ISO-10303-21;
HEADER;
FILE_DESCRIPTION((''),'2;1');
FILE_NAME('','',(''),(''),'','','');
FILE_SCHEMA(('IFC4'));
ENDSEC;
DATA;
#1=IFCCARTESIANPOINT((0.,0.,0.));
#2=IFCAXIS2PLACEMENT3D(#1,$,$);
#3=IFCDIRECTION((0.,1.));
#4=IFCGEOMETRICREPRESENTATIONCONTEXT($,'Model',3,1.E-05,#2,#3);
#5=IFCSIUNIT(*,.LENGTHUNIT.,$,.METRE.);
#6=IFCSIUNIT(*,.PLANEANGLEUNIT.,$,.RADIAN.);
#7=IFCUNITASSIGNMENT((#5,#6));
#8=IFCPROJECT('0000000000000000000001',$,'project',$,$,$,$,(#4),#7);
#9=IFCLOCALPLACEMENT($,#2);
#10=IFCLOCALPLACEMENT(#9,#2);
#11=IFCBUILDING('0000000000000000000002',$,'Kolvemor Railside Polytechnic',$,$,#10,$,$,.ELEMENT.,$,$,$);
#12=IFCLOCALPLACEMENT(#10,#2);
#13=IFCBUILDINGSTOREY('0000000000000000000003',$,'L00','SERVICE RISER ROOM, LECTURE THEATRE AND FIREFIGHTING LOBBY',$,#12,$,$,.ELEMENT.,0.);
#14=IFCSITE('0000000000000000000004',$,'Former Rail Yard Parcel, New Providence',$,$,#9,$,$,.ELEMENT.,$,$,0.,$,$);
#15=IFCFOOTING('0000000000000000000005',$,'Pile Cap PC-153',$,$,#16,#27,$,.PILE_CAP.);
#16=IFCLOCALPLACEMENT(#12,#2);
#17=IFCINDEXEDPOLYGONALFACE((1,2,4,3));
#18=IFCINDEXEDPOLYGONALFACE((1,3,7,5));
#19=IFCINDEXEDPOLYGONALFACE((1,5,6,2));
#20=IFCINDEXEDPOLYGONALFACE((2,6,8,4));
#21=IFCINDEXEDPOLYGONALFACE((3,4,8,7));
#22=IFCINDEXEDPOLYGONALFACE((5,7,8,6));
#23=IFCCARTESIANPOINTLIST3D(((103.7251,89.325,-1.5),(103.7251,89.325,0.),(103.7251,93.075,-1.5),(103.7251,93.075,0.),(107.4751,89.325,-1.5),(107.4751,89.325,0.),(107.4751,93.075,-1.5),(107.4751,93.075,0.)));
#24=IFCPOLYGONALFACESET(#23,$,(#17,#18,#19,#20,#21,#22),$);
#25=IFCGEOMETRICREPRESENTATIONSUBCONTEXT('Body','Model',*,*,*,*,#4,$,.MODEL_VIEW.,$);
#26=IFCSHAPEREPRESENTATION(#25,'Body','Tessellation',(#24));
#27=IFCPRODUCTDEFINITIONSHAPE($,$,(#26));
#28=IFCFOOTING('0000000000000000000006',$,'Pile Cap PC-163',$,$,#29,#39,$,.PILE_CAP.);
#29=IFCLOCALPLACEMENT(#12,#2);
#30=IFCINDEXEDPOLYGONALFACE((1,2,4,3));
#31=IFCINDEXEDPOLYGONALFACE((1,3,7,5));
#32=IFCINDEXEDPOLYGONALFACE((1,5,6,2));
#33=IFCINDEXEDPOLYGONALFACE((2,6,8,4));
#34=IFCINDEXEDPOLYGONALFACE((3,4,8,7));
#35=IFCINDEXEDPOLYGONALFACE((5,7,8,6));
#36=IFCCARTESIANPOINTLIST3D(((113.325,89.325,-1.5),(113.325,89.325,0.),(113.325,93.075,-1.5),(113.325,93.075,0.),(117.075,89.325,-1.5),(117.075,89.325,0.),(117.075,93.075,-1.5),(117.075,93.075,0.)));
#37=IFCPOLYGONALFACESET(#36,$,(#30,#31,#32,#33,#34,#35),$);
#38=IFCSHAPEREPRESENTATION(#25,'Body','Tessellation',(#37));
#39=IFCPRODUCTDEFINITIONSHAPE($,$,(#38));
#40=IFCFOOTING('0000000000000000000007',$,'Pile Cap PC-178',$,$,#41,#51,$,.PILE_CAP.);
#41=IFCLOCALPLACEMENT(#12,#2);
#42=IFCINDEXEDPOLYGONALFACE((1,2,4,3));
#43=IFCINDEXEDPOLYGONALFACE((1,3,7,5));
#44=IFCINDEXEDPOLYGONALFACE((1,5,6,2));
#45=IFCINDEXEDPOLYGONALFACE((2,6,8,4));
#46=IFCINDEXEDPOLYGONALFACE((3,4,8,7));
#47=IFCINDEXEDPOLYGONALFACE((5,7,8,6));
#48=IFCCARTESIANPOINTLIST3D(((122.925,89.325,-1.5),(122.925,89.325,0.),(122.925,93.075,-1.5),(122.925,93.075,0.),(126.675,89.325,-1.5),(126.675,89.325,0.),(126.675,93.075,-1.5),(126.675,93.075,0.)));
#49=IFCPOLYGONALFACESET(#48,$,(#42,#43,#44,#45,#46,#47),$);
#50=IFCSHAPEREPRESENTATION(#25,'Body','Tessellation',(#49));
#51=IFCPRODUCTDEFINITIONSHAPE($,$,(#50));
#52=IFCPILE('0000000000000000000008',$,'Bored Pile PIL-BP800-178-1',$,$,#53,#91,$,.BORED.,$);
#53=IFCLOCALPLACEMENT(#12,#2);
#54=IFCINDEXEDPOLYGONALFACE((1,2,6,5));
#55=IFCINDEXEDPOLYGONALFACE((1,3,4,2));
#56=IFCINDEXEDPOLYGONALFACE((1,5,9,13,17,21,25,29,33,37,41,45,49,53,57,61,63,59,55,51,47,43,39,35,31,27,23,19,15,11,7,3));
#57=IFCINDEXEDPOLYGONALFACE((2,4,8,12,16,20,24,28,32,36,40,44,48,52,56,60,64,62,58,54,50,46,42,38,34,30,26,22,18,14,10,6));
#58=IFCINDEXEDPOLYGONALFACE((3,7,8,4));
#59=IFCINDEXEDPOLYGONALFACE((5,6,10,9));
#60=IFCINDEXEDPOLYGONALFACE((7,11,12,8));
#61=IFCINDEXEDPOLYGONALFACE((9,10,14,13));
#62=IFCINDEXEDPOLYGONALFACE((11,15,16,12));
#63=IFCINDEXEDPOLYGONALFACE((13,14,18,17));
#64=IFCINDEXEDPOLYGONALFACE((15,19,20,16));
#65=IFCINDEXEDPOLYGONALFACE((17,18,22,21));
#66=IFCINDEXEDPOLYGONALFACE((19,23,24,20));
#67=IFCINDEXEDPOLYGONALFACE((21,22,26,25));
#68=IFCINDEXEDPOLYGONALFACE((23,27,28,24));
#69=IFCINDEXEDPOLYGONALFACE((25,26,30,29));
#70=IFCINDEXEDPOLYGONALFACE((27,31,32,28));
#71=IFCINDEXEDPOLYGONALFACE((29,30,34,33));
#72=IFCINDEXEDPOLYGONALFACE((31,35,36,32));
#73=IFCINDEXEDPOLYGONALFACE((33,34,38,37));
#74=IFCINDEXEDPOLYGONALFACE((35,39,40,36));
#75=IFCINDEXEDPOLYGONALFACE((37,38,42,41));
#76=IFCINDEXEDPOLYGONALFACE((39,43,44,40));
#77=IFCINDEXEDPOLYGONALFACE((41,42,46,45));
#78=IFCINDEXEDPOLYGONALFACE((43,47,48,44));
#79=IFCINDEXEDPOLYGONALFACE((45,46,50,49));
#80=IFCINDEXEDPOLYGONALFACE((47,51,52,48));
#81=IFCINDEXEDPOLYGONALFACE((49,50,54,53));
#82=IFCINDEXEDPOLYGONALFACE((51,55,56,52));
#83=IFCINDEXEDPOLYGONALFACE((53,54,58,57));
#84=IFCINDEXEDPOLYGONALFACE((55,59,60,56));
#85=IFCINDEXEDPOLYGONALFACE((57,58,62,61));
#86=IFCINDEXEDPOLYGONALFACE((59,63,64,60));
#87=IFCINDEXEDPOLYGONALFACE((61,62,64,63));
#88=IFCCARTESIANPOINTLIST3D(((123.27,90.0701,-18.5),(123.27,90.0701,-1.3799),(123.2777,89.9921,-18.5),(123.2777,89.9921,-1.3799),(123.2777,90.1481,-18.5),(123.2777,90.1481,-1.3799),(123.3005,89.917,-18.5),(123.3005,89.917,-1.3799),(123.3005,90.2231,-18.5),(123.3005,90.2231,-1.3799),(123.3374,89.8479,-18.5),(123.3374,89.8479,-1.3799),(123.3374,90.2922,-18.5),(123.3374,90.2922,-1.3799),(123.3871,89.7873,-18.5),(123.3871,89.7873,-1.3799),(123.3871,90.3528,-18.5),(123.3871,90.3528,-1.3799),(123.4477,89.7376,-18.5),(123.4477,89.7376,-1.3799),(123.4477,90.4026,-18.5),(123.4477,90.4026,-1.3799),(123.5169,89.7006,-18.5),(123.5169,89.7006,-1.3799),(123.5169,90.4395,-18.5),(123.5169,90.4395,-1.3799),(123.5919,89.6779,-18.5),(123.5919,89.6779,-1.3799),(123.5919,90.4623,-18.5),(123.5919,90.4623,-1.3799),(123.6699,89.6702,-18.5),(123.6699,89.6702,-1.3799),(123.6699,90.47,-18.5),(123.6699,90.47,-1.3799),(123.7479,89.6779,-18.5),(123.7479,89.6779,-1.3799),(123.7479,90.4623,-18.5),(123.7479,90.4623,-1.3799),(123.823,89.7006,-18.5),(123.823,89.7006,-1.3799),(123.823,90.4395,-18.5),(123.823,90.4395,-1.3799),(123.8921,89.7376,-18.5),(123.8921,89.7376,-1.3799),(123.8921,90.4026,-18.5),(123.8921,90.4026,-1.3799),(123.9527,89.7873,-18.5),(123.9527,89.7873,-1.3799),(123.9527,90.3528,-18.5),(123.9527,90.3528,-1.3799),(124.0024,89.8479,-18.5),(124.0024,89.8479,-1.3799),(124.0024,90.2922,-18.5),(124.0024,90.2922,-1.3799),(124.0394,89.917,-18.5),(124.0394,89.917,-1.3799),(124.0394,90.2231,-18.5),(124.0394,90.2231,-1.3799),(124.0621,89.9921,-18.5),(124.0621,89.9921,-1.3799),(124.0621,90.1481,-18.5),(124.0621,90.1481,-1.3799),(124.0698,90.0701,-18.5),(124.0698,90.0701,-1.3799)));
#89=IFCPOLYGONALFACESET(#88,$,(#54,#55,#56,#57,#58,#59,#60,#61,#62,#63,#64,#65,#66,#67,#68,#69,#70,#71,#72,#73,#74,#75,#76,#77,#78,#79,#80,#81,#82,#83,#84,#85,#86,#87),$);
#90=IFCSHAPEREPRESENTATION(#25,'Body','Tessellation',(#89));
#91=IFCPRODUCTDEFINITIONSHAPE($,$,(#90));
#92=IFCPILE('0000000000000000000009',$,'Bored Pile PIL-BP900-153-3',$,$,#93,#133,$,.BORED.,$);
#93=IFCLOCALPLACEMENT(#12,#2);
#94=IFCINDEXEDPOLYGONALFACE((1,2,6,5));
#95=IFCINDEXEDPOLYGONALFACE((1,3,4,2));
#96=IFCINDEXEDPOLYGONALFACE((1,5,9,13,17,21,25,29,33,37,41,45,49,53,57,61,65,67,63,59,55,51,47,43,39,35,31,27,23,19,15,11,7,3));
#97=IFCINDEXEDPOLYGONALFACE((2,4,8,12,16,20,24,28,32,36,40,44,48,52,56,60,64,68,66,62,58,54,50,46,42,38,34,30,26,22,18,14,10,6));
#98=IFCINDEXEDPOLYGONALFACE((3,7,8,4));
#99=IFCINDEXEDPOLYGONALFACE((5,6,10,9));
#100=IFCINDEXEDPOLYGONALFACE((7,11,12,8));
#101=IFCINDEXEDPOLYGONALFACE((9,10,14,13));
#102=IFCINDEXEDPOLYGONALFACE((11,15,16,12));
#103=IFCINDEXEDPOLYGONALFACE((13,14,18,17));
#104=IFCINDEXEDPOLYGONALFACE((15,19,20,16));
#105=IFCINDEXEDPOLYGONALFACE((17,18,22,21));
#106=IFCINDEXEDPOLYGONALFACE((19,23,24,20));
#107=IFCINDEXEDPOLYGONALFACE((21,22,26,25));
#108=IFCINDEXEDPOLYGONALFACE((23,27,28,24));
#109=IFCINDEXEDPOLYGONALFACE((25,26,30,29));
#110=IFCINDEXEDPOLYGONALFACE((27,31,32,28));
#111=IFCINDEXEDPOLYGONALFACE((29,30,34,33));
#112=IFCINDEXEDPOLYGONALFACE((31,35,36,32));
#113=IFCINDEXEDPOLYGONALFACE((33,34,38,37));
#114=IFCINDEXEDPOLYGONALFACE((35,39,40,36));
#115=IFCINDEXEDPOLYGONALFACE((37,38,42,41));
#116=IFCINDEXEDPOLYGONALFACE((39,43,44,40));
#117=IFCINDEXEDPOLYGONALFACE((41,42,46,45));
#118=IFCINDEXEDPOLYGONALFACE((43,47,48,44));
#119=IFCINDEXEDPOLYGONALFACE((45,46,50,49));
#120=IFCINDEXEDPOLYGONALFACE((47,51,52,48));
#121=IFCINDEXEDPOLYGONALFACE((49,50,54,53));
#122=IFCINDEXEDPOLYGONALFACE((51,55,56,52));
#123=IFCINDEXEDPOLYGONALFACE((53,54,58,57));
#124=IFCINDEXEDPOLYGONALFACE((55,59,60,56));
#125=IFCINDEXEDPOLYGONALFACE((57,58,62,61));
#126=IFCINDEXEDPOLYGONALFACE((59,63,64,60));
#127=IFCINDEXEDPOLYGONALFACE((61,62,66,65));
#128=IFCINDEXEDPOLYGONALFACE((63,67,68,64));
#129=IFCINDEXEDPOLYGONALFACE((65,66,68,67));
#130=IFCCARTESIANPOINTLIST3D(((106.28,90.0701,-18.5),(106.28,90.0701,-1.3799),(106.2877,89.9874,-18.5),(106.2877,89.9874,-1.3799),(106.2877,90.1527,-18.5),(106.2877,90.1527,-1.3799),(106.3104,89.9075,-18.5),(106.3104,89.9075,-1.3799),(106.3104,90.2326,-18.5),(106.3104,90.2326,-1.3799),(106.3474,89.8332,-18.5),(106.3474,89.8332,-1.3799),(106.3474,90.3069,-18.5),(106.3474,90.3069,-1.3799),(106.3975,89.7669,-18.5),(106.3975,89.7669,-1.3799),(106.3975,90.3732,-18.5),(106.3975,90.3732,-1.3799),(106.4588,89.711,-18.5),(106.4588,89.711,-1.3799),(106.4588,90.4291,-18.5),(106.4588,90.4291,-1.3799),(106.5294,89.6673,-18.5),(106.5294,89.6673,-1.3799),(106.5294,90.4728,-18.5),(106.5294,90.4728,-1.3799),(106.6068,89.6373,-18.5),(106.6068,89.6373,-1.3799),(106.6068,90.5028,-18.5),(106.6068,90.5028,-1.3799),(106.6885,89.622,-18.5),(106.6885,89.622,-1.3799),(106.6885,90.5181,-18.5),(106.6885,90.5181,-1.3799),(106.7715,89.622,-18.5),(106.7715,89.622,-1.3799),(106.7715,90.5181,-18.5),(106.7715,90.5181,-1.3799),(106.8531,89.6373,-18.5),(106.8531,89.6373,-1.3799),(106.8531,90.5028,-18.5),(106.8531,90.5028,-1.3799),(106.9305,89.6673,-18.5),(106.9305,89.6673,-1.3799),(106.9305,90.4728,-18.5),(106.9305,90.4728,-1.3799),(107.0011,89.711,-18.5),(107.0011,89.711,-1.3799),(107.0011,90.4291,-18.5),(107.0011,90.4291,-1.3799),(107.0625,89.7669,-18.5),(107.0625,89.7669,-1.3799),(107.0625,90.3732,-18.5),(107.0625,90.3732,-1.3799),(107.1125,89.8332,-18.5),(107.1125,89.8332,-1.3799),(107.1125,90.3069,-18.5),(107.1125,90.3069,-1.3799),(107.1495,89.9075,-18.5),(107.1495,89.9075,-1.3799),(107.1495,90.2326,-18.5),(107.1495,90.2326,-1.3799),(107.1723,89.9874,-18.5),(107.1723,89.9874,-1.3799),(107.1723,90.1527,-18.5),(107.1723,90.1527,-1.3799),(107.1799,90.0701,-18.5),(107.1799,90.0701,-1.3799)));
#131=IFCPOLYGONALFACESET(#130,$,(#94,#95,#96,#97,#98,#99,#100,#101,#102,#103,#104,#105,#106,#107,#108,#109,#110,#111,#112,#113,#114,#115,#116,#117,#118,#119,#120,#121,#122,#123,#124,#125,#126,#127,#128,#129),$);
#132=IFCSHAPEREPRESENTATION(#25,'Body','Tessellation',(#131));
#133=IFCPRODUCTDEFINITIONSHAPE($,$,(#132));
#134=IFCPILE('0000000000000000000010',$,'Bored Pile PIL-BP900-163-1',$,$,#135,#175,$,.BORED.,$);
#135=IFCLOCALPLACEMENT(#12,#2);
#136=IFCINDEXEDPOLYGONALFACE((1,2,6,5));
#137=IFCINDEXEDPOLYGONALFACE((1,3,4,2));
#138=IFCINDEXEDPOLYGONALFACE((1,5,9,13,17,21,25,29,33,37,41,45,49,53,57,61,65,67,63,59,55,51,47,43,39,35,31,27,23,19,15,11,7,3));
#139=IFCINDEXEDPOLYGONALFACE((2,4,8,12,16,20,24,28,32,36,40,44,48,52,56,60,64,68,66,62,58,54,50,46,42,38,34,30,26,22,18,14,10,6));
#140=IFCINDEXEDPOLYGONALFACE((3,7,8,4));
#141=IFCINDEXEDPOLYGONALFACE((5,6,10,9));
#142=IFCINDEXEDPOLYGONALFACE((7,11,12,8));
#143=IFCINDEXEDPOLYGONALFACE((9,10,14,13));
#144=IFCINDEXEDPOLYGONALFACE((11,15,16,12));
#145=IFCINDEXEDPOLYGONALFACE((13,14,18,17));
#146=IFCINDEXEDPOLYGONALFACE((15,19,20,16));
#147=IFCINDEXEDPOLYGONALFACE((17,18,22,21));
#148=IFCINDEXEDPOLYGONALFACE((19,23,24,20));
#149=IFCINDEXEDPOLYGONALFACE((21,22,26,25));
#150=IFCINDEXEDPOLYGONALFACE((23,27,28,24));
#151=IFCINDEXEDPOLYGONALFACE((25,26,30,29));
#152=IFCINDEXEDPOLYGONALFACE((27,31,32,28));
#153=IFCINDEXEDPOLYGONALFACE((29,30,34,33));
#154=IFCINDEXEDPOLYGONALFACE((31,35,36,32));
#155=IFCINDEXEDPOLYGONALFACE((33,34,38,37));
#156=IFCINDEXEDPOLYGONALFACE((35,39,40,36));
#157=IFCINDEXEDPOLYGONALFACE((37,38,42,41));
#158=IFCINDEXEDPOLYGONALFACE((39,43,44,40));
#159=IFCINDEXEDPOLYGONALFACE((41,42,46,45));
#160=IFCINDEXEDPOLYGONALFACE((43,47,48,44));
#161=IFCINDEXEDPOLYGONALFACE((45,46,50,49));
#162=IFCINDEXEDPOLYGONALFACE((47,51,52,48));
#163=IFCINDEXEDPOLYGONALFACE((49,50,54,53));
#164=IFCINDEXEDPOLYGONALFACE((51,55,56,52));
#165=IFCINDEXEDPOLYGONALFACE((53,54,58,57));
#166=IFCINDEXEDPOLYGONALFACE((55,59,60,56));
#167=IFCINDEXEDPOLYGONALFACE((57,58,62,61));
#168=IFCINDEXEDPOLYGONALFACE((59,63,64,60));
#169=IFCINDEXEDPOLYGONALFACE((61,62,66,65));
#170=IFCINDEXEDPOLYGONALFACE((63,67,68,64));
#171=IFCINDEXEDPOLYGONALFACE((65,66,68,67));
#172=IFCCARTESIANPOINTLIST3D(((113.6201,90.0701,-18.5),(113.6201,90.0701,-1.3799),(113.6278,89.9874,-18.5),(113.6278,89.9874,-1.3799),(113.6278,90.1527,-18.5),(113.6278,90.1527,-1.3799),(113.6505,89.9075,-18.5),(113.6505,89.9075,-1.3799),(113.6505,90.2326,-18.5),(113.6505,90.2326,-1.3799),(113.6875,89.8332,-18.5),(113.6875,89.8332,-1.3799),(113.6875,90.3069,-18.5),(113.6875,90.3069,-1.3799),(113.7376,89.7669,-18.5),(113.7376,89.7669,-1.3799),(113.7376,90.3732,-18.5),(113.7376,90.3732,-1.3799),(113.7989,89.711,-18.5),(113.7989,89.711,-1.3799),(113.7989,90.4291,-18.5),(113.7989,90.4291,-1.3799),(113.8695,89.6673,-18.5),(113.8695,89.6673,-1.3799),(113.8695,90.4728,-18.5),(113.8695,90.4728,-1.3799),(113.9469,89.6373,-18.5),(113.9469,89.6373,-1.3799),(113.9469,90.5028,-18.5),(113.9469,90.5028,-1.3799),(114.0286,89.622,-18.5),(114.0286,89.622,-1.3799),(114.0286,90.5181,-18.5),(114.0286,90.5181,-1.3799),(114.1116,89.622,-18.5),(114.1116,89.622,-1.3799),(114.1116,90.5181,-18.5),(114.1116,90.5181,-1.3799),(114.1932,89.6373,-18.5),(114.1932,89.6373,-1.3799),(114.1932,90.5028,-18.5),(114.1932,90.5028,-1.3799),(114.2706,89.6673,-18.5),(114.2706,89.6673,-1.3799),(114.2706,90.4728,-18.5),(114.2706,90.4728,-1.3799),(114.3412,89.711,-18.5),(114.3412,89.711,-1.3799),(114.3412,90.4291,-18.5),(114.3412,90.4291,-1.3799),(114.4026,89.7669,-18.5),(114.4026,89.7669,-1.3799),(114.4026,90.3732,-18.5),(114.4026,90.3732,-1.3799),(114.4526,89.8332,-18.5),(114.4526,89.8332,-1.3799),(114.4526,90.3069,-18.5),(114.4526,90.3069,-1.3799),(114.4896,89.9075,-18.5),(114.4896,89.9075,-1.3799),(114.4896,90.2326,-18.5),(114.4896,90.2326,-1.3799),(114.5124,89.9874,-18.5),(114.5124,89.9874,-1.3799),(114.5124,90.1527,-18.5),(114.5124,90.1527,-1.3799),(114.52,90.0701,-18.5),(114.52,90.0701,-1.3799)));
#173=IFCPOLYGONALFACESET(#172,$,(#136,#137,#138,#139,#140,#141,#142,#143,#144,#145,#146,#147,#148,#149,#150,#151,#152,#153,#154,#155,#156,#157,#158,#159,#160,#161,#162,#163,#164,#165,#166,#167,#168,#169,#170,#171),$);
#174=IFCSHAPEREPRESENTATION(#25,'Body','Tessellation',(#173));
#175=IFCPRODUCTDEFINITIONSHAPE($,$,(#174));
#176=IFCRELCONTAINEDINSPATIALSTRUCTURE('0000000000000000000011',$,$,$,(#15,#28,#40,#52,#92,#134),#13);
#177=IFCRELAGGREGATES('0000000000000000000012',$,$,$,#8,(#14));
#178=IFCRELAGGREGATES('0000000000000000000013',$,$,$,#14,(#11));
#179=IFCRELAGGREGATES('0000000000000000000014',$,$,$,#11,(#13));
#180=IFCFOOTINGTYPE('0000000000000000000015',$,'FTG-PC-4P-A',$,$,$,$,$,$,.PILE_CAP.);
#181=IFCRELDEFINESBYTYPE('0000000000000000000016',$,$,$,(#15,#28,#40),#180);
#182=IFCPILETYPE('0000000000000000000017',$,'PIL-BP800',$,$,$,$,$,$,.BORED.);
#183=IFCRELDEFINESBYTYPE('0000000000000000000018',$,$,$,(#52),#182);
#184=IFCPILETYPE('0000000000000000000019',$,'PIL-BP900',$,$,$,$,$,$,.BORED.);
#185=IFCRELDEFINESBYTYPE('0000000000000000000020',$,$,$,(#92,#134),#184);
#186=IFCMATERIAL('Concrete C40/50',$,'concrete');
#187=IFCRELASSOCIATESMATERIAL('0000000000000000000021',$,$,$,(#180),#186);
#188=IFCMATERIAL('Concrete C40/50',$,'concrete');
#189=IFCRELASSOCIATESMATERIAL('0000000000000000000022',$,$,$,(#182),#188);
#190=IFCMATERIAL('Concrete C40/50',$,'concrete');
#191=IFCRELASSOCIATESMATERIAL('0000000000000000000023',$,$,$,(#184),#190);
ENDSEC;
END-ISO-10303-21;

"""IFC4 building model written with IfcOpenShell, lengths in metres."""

from ifc_helpers import new_model, si_unit, direction, frame, origin, origin_2d, place, context, subcontext, project, spatial, rectangle, circle, extrude, material, material_profile, profile_set, type_object, element, save


model = new_model("IFC4")

# Units and contexts
model_context = context("Model", 3, precision=1e-05, world=origin(), true_north=direction((0.0, 1.0)))
body_context = subcontext(model_context, "Body", "Model", "MODEL_VIEW")
ifc_project = project(units=[si_unit("LENGTHUNIT", "METRE"), si_unit("PLANEANGLEUNIT", "RADIAN")], contexts=[model_context])

# Site, building, storey
site_placement = place(None, origin())
site = spatial("IfcSite", under=ifc_project, at=site_placement, Name="Former Rail Yard Parcel, New Providence", CompositionType="ELEMENT", RefElevation=0.0)
building_placement = place(site_placement, origin())
building = spatial("IfcBuilding", under=site, at=building_placement, Name="Kolvemor Railside Polytechnic", CompositionType="ELEMENT")
storey_placement = place(building_placement, origin())
storey = spatial("IfcBuildingStorey", under=building, at=storey_placement, Name="L00", Description="SERVICE RISER ROOM, LECTURE THEATRE AND FIREFIGHTING LOBBY", CompositionType="ELEMENT", Elevation=0.0)

# Footings
ifc_material_1 = material(Name="Concrete C40/50", Category="concrete")
footing_type = type_object("IfcFootingType", Name="FTG-PC-4P-A", PredefinedType="PILE_CAP", material=ifc_material_1)
for number, where, z_axis, x_axis, name in (
    (1, (105.6001, 91.2, -1.5), (0.0, 0.0, 1.0), (1.0, 0.0, 0.0), "Pile Cap PC-153"),
    (2, (115.2, 91.2, -1.5), (0.0, 0.0, 1.0), (1.0, 0.0, 0.0), "Pile Cap PC-163"),
    (3, (124.8, 91.2, -1.5), (0.0, 0.0, 1.0), (1.0, 0.0, 0.0), "Pile Cap PC-178"),
):
    element("IfcFooting", number, at=place(storey_placement, frame(where, z_axis=z_axis, x_axis=x_axis)), inside=storey, type_object=footing_type, Name=name, PredefinedType="PILE_CAP", context=body_context, shape_type="SweptSolid", body=[
        extrude(rectangle(XDim=3.75, YDim=3.75, at=origin_2d()), origin(), (0.0, 0.0, 1.0), 1.5),
    ])

# Piles
ifc_material_2 = material(Name="Concrete C40/50", Category="concrete")
ifc_material_profile_1 = material_profile(ifc_material_2, circle(Radius=0.3999, at=origin_2d()), Name="BP800")
ifc_profile_set_1 = profile_set([ifc_material_profile_1], Name="Concrete C40/50")
pile_type_1 = type_object("IfcPileType", Name="PIL-BP800", PredefinedType="BORED", material=ifc_profile_set_1)
pile_placement = place(storey_placement, frame((123.6699, 90.0701, -1.3799), z_axis=(0.0, 0.0, -1.0), x_axis=(1.0, 0.0, 0.0)))
element("IfcPile", 4, at=pile_placement, inside=storey, type_object=pile_type_1, Name="Bored Pile PIL-BP800-178-1", PredefinedType="BORED", context=body_context, shape_type="SweptSolid", body=[
    extrude(circle(Radius=0.3999, at=origin_2d()), origin(), (0.0, 0.0, 1.0), 17.1201),
])
ifc_material_3 = material(Name="Concrete C40/50", Category="concrete")
ifc_material_profile_2 = material_profile(ifc_material_3, circle(Radius=0.45, at=origin_2d()), Name="BP900")
ifc_profile_set_2 = profile_set([ifc_material_profile_2], Name="Concrete C40/50")
pile_type_2 = type_object("IfcPileType", Name="PIL-BP900", PredefinedType="BORED", material=ifc_profile_set_2)
for number, where, z_axis, x_axis, name in (
    (5, (106.73, 90.0701, -1.3799), (0.0, 0.0, -1.0), (1.0, 0.0, 0.0), "Bored Pile PIL-BP900-153-3"),
    (6, (114.0701, 90.0701, -1.3799), (0.0, 0.0, -1.0), (1.0, 0.0, 0.0), "Bored Pile PIL-BP900-163-1"),
):
    element("IfcPile", number, at=place(storey_placement, frame(where, z_axis=z_axis, x_axis=x_axis)), inside=storey, type_object=pile_type_2, Name=name, PredefinedType="BORED", context=body_context, shape_type="SweptSolid", body=[
        extrude(circle(Radius=0.45, at=origin_2d()), origin(), (0.0, 0.0, 1.0), 17.1201),
    ])

save(model, "model.ifc")
